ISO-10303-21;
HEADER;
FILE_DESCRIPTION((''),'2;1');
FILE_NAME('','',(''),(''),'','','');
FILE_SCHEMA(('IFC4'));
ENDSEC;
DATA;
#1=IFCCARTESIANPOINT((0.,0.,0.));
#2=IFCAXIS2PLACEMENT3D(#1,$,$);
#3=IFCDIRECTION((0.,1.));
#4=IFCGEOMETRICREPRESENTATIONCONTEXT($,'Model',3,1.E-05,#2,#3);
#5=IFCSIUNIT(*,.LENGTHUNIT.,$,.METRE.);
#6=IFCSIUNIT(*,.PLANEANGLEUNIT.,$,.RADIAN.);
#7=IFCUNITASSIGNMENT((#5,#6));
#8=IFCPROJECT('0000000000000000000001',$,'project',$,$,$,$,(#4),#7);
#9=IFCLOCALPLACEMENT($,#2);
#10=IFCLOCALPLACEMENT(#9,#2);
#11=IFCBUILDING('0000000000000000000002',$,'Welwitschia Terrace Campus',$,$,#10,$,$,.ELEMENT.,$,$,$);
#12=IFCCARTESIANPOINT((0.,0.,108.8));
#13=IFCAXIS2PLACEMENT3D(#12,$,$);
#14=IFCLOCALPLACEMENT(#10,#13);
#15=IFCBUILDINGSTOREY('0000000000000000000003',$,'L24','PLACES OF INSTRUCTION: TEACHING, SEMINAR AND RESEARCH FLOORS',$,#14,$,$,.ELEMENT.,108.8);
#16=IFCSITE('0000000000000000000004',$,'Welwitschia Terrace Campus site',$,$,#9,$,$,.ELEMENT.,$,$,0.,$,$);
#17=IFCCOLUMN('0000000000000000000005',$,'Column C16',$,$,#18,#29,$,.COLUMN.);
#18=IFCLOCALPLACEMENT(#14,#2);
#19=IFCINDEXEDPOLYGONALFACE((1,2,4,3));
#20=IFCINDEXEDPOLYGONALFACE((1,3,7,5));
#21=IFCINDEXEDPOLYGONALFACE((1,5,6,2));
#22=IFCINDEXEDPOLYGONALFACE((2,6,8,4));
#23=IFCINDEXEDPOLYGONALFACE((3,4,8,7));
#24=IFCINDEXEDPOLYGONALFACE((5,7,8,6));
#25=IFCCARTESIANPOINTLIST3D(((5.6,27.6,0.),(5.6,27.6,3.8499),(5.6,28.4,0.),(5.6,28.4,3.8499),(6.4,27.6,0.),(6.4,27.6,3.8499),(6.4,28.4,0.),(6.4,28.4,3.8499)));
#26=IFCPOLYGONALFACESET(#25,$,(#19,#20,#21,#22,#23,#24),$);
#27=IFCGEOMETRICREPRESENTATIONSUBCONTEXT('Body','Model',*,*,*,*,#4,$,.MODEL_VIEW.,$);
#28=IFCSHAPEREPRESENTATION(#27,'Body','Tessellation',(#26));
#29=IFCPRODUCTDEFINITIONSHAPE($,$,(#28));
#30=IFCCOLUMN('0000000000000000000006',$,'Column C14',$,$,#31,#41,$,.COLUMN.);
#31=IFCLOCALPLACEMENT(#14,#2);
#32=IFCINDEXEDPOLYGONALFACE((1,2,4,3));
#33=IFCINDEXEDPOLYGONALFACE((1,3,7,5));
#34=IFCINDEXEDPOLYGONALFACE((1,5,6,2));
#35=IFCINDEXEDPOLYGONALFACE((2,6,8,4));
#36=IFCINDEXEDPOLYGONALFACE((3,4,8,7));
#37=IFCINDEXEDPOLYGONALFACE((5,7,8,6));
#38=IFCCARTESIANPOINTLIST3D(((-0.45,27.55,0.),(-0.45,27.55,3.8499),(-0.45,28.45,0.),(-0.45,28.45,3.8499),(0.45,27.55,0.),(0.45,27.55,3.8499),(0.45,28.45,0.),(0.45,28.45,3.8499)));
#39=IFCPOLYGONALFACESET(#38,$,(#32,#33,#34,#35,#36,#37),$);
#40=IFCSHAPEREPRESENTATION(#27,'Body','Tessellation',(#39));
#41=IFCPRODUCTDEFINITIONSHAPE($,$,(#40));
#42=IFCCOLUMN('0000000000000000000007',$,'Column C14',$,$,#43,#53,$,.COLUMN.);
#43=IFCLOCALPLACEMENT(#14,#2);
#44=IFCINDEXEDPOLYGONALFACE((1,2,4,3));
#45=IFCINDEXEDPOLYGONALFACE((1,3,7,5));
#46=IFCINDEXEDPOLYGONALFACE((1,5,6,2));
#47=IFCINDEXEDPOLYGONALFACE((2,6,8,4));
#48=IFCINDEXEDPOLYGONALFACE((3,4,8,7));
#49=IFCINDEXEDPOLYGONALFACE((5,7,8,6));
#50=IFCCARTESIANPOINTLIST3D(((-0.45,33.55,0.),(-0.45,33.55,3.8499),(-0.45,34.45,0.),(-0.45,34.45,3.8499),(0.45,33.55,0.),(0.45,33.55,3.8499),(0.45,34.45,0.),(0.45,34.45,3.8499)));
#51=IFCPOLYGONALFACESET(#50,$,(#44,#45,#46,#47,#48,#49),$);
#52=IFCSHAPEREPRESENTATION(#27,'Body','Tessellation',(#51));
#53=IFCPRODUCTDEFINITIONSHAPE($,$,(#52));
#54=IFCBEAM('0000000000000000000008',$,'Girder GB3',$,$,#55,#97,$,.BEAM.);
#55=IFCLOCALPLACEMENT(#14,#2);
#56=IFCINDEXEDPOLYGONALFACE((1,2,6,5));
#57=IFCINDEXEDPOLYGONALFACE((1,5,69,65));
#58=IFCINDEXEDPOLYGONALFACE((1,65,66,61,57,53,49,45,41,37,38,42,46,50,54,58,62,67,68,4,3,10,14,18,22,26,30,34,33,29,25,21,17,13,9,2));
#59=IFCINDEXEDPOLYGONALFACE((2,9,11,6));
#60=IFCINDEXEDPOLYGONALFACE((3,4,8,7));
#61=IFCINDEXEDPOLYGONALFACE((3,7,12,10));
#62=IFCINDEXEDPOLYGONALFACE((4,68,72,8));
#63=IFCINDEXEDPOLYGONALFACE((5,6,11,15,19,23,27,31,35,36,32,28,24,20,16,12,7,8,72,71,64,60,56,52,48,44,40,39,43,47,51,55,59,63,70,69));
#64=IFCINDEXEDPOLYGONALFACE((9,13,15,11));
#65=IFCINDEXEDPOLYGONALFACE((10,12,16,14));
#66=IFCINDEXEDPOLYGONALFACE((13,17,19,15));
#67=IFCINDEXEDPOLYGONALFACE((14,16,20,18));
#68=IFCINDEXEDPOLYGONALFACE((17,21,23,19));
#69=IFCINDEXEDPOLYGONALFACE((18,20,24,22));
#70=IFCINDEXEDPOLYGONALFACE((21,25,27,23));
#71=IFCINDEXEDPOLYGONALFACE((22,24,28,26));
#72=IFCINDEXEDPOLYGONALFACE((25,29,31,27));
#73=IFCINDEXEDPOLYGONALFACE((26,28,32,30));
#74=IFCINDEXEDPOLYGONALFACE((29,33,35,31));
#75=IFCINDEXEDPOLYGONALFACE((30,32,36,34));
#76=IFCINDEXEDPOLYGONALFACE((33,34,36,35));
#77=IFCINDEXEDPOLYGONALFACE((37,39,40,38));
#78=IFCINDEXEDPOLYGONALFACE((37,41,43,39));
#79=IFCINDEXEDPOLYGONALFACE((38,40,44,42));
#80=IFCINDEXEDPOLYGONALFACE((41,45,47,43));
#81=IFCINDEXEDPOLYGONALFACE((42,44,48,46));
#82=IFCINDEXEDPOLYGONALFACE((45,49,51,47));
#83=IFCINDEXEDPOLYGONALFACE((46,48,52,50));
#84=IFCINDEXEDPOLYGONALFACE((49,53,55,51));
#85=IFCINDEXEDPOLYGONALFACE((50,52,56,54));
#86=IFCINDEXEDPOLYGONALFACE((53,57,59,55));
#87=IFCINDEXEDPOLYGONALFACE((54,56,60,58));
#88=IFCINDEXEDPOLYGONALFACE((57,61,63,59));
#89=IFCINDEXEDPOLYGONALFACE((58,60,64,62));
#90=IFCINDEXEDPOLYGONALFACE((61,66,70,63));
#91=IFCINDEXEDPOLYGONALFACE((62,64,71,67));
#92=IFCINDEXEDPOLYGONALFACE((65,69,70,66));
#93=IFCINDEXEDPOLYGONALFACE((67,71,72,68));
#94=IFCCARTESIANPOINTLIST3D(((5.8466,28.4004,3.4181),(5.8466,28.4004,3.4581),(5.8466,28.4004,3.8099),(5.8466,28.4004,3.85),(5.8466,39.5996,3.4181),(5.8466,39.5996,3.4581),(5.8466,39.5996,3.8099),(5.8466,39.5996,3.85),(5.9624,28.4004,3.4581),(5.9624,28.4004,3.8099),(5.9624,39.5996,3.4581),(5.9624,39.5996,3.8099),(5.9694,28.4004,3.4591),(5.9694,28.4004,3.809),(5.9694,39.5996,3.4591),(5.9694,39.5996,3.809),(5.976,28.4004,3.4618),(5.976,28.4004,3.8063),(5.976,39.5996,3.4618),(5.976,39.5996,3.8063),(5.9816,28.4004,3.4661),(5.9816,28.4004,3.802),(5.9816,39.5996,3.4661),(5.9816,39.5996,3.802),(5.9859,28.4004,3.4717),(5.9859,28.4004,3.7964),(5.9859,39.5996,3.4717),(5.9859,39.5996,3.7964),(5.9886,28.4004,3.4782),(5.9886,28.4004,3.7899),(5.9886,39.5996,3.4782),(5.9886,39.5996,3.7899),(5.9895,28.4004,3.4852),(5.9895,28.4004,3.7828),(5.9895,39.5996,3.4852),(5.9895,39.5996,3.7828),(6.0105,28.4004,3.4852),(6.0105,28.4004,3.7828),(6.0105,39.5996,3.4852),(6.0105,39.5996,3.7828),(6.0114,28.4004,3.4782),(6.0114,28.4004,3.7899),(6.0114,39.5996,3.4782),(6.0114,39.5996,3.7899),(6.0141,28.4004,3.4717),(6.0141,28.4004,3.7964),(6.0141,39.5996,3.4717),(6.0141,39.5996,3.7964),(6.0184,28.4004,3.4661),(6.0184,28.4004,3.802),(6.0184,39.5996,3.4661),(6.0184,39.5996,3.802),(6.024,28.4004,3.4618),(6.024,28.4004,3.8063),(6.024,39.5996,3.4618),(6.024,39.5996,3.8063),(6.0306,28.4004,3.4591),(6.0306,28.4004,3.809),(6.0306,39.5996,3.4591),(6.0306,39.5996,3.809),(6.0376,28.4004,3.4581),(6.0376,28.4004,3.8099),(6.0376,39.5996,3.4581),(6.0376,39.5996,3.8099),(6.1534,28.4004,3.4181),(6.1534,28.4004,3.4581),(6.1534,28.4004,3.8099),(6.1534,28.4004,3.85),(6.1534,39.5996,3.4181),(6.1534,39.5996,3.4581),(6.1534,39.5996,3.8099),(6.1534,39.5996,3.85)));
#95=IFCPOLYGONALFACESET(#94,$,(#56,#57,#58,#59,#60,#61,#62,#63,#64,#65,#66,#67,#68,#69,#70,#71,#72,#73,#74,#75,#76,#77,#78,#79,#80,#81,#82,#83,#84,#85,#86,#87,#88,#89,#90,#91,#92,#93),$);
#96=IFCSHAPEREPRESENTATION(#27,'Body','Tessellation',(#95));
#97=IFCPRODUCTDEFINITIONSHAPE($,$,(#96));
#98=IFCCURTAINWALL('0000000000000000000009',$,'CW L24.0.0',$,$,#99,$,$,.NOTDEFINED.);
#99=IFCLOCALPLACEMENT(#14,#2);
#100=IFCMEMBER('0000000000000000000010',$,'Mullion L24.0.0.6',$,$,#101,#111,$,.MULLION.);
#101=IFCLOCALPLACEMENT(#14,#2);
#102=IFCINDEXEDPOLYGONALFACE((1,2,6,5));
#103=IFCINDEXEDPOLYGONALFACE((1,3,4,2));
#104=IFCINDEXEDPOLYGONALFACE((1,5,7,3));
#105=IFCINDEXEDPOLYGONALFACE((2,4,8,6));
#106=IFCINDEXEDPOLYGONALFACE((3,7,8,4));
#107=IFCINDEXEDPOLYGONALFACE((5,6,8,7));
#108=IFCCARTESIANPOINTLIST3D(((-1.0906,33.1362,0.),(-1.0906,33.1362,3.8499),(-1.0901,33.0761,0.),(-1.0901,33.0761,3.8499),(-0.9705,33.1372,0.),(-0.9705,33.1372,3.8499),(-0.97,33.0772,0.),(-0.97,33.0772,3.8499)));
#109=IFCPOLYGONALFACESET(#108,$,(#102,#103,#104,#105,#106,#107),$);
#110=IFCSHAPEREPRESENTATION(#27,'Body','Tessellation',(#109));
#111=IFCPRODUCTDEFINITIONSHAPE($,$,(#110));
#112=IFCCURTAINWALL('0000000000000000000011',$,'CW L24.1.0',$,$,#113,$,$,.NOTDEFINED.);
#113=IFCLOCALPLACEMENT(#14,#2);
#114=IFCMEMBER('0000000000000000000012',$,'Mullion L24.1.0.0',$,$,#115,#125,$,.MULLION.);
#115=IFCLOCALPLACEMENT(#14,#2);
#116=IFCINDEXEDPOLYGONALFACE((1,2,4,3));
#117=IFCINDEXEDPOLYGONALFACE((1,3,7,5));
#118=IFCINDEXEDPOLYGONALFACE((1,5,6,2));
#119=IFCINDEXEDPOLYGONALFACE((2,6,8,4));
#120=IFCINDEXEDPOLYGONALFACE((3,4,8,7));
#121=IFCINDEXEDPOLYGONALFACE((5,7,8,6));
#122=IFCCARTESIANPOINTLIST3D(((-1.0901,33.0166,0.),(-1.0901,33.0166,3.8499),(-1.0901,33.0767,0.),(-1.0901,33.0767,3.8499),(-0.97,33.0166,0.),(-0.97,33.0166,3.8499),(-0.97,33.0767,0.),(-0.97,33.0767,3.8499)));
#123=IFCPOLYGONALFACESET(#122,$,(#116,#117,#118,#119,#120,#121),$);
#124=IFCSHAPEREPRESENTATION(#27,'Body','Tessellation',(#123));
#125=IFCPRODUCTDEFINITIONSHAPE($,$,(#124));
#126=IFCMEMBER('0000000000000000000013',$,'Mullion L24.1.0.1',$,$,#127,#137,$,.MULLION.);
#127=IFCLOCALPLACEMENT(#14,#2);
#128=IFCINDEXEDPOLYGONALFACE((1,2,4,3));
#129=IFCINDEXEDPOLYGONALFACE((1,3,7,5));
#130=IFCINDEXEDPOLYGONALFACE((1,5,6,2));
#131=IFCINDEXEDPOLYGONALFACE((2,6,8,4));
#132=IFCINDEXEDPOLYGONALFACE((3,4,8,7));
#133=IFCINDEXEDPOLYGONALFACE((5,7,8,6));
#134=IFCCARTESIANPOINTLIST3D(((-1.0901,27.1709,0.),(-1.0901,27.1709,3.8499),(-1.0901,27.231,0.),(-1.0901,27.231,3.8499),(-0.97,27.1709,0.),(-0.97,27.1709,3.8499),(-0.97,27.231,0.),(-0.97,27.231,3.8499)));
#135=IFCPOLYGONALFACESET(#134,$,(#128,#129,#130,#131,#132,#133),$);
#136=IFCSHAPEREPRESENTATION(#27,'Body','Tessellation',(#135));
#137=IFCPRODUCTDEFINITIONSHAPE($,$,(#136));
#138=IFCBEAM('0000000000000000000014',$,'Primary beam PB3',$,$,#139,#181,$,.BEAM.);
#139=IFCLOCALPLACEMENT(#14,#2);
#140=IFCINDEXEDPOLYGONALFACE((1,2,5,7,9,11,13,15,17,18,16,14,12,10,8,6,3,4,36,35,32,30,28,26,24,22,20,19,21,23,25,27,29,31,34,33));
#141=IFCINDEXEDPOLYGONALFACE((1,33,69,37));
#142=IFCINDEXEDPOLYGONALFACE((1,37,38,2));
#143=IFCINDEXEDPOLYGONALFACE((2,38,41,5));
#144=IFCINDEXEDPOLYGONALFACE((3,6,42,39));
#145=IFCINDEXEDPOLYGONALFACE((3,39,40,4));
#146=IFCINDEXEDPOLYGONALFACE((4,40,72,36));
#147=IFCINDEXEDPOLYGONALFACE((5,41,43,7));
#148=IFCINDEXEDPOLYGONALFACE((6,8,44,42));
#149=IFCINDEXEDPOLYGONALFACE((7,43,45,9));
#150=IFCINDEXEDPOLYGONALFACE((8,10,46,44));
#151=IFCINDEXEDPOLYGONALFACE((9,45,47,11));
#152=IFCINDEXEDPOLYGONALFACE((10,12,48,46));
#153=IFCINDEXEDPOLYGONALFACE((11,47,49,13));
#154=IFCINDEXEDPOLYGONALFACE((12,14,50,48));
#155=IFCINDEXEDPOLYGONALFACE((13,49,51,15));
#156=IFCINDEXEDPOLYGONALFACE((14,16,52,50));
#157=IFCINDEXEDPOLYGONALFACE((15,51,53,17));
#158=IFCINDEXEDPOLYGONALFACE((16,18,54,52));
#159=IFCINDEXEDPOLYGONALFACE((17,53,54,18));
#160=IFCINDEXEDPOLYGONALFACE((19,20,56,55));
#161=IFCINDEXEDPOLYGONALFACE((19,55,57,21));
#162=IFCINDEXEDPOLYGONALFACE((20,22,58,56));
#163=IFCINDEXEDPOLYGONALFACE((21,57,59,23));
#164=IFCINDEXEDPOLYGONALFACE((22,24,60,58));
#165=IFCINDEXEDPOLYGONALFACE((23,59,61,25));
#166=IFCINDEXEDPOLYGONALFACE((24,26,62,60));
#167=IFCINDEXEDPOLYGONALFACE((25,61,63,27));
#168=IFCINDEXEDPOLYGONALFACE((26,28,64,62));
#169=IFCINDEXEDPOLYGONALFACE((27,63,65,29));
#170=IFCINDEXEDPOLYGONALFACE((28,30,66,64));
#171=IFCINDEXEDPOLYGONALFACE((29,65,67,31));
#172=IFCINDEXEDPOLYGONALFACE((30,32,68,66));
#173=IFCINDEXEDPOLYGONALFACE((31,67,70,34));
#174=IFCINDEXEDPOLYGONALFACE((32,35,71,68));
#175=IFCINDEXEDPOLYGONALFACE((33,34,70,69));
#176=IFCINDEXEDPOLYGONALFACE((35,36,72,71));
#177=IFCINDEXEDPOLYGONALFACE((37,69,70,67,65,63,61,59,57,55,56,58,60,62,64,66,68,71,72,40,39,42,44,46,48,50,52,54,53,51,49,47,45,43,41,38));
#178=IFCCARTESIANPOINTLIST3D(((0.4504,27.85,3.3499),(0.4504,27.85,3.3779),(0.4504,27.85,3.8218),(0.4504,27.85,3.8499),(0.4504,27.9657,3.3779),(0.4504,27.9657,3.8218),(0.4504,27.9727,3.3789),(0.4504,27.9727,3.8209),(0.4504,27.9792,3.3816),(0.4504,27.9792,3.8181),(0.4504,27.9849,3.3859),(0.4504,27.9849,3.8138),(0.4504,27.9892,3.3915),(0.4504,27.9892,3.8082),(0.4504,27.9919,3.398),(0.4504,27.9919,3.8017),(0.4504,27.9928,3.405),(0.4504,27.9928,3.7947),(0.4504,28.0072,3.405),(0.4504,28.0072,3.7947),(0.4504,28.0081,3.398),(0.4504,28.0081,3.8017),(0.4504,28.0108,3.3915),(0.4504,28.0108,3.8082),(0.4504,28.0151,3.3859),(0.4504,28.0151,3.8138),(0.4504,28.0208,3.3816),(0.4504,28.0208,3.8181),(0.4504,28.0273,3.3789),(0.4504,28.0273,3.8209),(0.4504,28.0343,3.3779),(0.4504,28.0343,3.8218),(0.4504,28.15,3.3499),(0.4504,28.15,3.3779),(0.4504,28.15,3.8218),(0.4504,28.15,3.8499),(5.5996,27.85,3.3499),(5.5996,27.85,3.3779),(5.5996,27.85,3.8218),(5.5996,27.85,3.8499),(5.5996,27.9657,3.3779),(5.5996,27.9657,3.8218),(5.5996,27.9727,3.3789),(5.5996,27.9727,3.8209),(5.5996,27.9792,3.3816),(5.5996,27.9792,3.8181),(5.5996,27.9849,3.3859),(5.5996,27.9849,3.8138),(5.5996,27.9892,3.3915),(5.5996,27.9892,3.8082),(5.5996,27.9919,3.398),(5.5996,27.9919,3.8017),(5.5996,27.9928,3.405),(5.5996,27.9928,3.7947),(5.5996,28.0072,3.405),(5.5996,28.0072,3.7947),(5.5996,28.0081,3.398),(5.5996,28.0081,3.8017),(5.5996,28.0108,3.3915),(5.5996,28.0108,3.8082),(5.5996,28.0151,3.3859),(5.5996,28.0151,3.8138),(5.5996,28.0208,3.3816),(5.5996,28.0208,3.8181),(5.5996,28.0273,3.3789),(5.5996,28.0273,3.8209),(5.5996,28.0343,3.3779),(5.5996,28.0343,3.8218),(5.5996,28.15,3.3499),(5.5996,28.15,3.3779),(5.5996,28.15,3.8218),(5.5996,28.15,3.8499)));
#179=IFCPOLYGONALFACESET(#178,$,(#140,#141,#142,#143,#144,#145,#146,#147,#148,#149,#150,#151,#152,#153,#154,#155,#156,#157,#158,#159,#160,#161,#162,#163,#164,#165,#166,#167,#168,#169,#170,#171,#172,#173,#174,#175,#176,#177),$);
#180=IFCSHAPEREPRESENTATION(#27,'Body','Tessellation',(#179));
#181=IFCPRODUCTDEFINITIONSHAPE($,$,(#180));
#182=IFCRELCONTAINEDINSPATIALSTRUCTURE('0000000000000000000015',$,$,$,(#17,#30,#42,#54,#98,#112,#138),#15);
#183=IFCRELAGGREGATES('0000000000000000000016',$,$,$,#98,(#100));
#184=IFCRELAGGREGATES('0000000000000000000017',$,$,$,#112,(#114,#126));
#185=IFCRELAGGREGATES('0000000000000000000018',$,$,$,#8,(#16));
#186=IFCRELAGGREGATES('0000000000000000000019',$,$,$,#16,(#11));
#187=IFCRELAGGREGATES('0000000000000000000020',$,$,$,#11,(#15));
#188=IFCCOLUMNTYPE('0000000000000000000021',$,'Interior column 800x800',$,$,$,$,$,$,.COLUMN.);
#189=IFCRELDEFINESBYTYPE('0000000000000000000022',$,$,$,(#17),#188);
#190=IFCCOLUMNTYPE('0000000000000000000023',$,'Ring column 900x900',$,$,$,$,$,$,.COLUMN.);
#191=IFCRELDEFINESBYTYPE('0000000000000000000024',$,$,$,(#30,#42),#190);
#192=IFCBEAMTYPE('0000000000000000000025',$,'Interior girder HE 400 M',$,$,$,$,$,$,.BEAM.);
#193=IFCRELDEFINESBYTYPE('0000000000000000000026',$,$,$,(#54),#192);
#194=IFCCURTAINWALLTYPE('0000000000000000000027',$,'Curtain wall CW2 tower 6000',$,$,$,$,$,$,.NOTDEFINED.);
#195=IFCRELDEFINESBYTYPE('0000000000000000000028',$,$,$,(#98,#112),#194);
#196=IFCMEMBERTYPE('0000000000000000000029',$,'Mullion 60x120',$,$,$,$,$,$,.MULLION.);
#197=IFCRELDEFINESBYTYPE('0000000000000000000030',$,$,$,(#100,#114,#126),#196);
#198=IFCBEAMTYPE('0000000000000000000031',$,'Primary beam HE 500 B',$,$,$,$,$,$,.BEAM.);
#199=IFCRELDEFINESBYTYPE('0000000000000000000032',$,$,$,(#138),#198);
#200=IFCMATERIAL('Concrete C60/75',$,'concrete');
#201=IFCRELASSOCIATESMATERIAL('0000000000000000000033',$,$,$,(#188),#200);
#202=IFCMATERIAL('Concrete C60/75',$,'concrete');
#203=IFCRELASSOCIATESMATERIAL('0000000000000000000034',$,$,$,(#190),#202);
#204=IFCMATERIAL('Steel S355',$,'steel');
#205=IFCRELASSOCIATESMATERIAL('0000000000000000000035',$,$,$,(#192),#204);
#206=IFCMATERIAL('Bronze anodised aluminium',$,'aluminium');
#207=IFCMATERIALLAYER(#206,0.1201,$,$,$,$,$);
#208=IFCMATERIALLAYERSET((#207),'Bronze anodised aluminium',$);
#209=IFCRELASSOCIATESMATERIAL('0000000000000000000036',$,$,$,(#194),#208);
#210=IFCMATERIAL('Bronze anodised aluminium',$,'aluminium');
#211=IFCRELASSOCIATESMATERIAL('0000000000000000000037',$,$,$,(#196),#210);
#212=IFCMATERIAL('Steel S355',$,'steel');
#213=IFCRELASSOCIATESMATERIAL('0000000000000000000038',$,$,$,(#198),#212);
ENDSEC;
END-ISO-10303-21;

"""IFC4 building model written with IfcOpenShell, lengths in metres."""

from ifc_helpers import new_model, si_unit, direction, frame, origin, origin_2d, place, context, subcontext, project, spatial, rectangle, i_section, extrude, material, layer, layer_set, material_profile, profile_set, type_object, element, aggregate, save


model = new_model("IFC4")

# Units and contexts
model_context = context("Model", 3, precision=1e-05, world=origin(), true_north=direction((0.0, 1.0)))
body_context = subcontext(model_context, "Body", "Model", "MODEL_VIEW")
ifc_project = project(units=[si_unit("LENGTHUNIT", "METRE"), si_unit("PLANEANGLEUNIT", "RADIAN")], contexts=[model_context])

# Site, building, storey
site_placement = place(None, origin())
site = spatial("IfcSite", under=ifc_project, at=site_placement, Name="Welwitschia Terrace Campus site", CompositionType="ELEMENT", RefElevation=0.0)
building_placement = place(site_placement, origin())
building = spatial("IfcBuilding", under=site, at=building_placement, Name="Welwitschia Terrace Campus", CompositionType="ELEMENT")
storey_placement = place(building_placement, frame((0.0, 0.0, 108.8)))
storey = spatial("IfcBuildingStorey", under=building, at=storey_placement, Name="L24", Description="PLACES OF INSTRUCTION: TEACHING, SEMINAR AND RESEARCH FLOORS", CompositionType="ELEMENT", Elevation=108.8)

# Columns
ifc_material_1 = material(Name="Concrete C60/75", Category="concrete")
ifc_material_profile_1 = material_profile(ifc_material_1, rectangle(XDim=0.8, YDim=0.8, at=origin_2d()))
ifc_profile_set_1 = profile_set([ifc_material_profile_1], Name="Concrete C60/75")
column_type_1 = type_object("IfcColumnType", Name="Interior column 800x800", PredefinedType="COLUMN", material=ifc_profile_set_1)
column_placement = place(storey_placement, frame((6.0, 28.0, 0.0), z_axis=(0.0, 0.0, 1.0), x_axis=(1.0, 0.0, 0.0)))
element("IfcColumn", 1, at=column_placement, inside=storey, type_object=column_type_1, Name="Column C16", PredefinedType="COLUMN", context=body_context, shape_type="SweptSolid", body=[
    extrude(rectangle(XDim=0.8, YDim=0.8, at=origin_2d()), origin(), (0.0, 0.0, 1.0), 3.8499),
])
ifc_material_2 = material(Name="Concrete C60/75", Category="concrete")
ifc_material_profile_2 = material_profile(ifc_material_2, rectangle(XDim=0.8999, YDim=0.8999, at=origin_2d()))
ifc_profile_set_2 = profile_set([ifc_material_profile_2], Name="Concrete C60/75")
column_type_2 = type_object("IfcColumnType", Name="Ring column 900x900", PredefinedType="COLUMN", material=ifc_profile_set_2)
for number, where, z_axis, x_axis, name in (
    (2, (0.0, 28.0, 0.0), (0.0, 0.0, 1.0), (1.0, 0.0, 0.0), "Column C14"),
    (3, (0.0, 34.0, 0.0), (0.0, 0.0, 1.0), (1.0, 0.0, 0.0), "Column C14"),
):
    element("IfcColumn", number, at=place(storey_placement, frame(where, z_axis=z_axis, x_axis=x_axis)), inside=storey, type_object=column_type_2, Name=name, PredefinedType="COLUMN", context=body_context, shape_type="SweptSolid", body=[
        extrude(rectangle(XDim=0.8999, YDim=0.8999, at=origin_2d()), origin(), (0.0, 0.0, 1.0), 3.8499),
    ])

# Beam
ifc_material_3 = material(Name="Steel S355", Category="steel")
ifc_material_profile_3 = material_profile(ifc_material_3, i_section(OverallWidth=0.3069, OverallDepth=0.4319, WebThickness=0.021, FlangeThickness=0.04, FilletRadius=0.0271, at=origin_2d()))
ifc_profile_set_3 = profile_set([ifc_material_profile_3], Name="Steel S355")
beam_type_1 = type_object("IfcBeamType", Name="Interior girder HE 400 M", PredefinedType="BEAM", material=ifc_profile_set_3)
beam_1_placement = place(storey_placement, frame((6.0, 28.4004, 3.634), z_axis=(0.0, 1.0, 0.0), x_axis=(-1.0, 0.0, 0.0)))
element("IfcBeam", 4, at=beam_1_placement, inside=storey, type_object=beam_type_1, Name="Girder GB3", PredefinedType="BEAM", context=body_context, shape_type="SweptSolid", body=[
    extrude(i_section(OverallWidth=0.3069, OverallDepth=0.4319, WebThickness=0.021, FlangeThickness=0.04, FilletRadius=0.0271, at=origin_2d()), origin(), (0.0, 0.0, 1.0), 11.1992),
])

# Curtain wall, member
ifc_material_4 = material(Name="Bronze anodised aluminium", Category="aluminium")
ifc_layer_1 = layer(ifc_material_4, 0.1201)
ifc_layer_set_1 = layer_set([ifc_layer_1], Name="Bronze anodised aluminium")
curtain_wall_type = type_object("IfcCurtainWallType", Name="Curtain wall CW2 tower 6000", PredefinedType="NOTDEFINED", material=ifc_layer_set_1)
curtain_wall_1_placement = place(storey_placement, origin())
curtain_wall_1 = element("IfcCurtainWall", 5, at=curtain_wall_1_placement, inside=storey, type_object=curtain_wall_type, Name="CW L24.0.0", PredefinedType="NOTDEFINED")
ifc_material_5 = material(Name="Bronze anodised aluminium", Category="aluminium")
ifc_material_profile_4 = material_profile(ifc_material_5, rectangle(XDim=0.1201, YDim=0.0601, at=origin_2d()))
ifc_profile_set_4 = profile_set([ifc_material_profile_4], Name="Bronze anodised aluminium")
member_type_1 = type_object("IfcMemberType", Name="Mullion 60x120", PredefinedType="MULLION", material=ifc_profile_set_4)
member_1_placement = place(storey_placement, frame((-1.0303, 33.1067, 0.0), z_axis=(0.0, 0.0, 1.0), x_axis=(0.999962, 0.008727, 0.0)))
member_1 = element("IfcMember", 6, at=member_1_placement, type_object=member_type_1, Name="Mullion L24.0.0.6", PredefinedType="MULLION", context=body_context, shape_type="SweptSolid", body=[
    extrude(rectangle(XDim=0.1201, YDim=0.0601, at=origin_2d()), origin(), (0.0, 0.0, 1.0), 3.8499),
])
aggregate(curtain_wall_1, [member_1])

# Curtain wall, members
curtain_wall_2_placement = place(storey_placement, origin())
curtain_wall_2 = element("IfcCurtainWall", 7, at=curtain_wall_2_placement, inside=storey, type_object=curtain_wall_type, Name="CW L24.1.0", PredefinedType="NOTDEFINED")
member_2_placement = place(storey_placement, frame((-1.03, 33.0466, 0.0), z_axis=(0.0, 0.0, 1.0), x_axis=(1.0, 0.0, 0.0)))
member_2 = element("IfcMember", 8, at=member_2_placement, type_object=member_type_1, Name="Mullion L24.1.0.0", PredefinedType="MULLION", context=body_context, shape_type="SweptSolid", body=[
    extrude(rectangle(XDim=0.1201, YDim=0.0601, at=origin_2d()), origin(), (0.0, 0.0, 1.0), 3.8499),
])
member_3_placement = place(storey_placement, frame((-1.03, 27.2009, 0.0), z_axis=(0.0, 0.0, 1.0), x_axis=(1.0, 0.0, 0.0)))
member_3 = element("IfcMember", 9, at=member_3_placement, type_object=member_type_1, Name="Mullion L24.1.0.1", PredefinedType="MULLION", context=body_context, shape_type="SweptSolid", body=[
    extrude(rectangle(XDim=0.1201, YDim=0.0601, at=origin_2d()), origin(), (0.0, 0.0, 1.0), 3.8499),
])

# Beam
ifc_material_6 = material(Name="Steel S355", Category="steel")
ifc_material_profile_5 = material_profile(ifc_material_6, i_section(OverallWidth=0.3, OverallDepth=0.5, WebThickness=0.0144, FlangeThickness=0.0281, FilletRadius=0.0271, at=origin_2d()))
ifc_profile_set_5 = profile_set([ifc_material_profile_5], Name="Steel S355")
beam_type_2 = type_object("IfcBeamType", Name="Primary beam HE 500 B", PredefinedType="BEAM", material=ifc_profile_set_5)
beam_2_placement = place(storey_placement, frame((0.4504, 28.0, 3.5999), z_axis=(1.0, 0.0, 0.0), x_axis=(0.0, 1.0, 0.0)))
element("IfcBeam", 10, at=beam_2_placement, inside=storey, type_object=beam_type_2, Name="Primary beam PB3", PredefinedType="BEAM", context=body_context, shape_type="SweptSolid", body=[
    extrude(i_section(OverallWidth=0.3, OverallDepth=0.5, WebThickness=0.0144, FlangeThickness=0.0281, FilletRadius=0.0271, at=origin_2d()), origin(), (0.0, 0.0, 1.0), 5.1492),
])

aggregate(curtain_wall_2, [member_2, member_3])

save(model, "model.ifc")
